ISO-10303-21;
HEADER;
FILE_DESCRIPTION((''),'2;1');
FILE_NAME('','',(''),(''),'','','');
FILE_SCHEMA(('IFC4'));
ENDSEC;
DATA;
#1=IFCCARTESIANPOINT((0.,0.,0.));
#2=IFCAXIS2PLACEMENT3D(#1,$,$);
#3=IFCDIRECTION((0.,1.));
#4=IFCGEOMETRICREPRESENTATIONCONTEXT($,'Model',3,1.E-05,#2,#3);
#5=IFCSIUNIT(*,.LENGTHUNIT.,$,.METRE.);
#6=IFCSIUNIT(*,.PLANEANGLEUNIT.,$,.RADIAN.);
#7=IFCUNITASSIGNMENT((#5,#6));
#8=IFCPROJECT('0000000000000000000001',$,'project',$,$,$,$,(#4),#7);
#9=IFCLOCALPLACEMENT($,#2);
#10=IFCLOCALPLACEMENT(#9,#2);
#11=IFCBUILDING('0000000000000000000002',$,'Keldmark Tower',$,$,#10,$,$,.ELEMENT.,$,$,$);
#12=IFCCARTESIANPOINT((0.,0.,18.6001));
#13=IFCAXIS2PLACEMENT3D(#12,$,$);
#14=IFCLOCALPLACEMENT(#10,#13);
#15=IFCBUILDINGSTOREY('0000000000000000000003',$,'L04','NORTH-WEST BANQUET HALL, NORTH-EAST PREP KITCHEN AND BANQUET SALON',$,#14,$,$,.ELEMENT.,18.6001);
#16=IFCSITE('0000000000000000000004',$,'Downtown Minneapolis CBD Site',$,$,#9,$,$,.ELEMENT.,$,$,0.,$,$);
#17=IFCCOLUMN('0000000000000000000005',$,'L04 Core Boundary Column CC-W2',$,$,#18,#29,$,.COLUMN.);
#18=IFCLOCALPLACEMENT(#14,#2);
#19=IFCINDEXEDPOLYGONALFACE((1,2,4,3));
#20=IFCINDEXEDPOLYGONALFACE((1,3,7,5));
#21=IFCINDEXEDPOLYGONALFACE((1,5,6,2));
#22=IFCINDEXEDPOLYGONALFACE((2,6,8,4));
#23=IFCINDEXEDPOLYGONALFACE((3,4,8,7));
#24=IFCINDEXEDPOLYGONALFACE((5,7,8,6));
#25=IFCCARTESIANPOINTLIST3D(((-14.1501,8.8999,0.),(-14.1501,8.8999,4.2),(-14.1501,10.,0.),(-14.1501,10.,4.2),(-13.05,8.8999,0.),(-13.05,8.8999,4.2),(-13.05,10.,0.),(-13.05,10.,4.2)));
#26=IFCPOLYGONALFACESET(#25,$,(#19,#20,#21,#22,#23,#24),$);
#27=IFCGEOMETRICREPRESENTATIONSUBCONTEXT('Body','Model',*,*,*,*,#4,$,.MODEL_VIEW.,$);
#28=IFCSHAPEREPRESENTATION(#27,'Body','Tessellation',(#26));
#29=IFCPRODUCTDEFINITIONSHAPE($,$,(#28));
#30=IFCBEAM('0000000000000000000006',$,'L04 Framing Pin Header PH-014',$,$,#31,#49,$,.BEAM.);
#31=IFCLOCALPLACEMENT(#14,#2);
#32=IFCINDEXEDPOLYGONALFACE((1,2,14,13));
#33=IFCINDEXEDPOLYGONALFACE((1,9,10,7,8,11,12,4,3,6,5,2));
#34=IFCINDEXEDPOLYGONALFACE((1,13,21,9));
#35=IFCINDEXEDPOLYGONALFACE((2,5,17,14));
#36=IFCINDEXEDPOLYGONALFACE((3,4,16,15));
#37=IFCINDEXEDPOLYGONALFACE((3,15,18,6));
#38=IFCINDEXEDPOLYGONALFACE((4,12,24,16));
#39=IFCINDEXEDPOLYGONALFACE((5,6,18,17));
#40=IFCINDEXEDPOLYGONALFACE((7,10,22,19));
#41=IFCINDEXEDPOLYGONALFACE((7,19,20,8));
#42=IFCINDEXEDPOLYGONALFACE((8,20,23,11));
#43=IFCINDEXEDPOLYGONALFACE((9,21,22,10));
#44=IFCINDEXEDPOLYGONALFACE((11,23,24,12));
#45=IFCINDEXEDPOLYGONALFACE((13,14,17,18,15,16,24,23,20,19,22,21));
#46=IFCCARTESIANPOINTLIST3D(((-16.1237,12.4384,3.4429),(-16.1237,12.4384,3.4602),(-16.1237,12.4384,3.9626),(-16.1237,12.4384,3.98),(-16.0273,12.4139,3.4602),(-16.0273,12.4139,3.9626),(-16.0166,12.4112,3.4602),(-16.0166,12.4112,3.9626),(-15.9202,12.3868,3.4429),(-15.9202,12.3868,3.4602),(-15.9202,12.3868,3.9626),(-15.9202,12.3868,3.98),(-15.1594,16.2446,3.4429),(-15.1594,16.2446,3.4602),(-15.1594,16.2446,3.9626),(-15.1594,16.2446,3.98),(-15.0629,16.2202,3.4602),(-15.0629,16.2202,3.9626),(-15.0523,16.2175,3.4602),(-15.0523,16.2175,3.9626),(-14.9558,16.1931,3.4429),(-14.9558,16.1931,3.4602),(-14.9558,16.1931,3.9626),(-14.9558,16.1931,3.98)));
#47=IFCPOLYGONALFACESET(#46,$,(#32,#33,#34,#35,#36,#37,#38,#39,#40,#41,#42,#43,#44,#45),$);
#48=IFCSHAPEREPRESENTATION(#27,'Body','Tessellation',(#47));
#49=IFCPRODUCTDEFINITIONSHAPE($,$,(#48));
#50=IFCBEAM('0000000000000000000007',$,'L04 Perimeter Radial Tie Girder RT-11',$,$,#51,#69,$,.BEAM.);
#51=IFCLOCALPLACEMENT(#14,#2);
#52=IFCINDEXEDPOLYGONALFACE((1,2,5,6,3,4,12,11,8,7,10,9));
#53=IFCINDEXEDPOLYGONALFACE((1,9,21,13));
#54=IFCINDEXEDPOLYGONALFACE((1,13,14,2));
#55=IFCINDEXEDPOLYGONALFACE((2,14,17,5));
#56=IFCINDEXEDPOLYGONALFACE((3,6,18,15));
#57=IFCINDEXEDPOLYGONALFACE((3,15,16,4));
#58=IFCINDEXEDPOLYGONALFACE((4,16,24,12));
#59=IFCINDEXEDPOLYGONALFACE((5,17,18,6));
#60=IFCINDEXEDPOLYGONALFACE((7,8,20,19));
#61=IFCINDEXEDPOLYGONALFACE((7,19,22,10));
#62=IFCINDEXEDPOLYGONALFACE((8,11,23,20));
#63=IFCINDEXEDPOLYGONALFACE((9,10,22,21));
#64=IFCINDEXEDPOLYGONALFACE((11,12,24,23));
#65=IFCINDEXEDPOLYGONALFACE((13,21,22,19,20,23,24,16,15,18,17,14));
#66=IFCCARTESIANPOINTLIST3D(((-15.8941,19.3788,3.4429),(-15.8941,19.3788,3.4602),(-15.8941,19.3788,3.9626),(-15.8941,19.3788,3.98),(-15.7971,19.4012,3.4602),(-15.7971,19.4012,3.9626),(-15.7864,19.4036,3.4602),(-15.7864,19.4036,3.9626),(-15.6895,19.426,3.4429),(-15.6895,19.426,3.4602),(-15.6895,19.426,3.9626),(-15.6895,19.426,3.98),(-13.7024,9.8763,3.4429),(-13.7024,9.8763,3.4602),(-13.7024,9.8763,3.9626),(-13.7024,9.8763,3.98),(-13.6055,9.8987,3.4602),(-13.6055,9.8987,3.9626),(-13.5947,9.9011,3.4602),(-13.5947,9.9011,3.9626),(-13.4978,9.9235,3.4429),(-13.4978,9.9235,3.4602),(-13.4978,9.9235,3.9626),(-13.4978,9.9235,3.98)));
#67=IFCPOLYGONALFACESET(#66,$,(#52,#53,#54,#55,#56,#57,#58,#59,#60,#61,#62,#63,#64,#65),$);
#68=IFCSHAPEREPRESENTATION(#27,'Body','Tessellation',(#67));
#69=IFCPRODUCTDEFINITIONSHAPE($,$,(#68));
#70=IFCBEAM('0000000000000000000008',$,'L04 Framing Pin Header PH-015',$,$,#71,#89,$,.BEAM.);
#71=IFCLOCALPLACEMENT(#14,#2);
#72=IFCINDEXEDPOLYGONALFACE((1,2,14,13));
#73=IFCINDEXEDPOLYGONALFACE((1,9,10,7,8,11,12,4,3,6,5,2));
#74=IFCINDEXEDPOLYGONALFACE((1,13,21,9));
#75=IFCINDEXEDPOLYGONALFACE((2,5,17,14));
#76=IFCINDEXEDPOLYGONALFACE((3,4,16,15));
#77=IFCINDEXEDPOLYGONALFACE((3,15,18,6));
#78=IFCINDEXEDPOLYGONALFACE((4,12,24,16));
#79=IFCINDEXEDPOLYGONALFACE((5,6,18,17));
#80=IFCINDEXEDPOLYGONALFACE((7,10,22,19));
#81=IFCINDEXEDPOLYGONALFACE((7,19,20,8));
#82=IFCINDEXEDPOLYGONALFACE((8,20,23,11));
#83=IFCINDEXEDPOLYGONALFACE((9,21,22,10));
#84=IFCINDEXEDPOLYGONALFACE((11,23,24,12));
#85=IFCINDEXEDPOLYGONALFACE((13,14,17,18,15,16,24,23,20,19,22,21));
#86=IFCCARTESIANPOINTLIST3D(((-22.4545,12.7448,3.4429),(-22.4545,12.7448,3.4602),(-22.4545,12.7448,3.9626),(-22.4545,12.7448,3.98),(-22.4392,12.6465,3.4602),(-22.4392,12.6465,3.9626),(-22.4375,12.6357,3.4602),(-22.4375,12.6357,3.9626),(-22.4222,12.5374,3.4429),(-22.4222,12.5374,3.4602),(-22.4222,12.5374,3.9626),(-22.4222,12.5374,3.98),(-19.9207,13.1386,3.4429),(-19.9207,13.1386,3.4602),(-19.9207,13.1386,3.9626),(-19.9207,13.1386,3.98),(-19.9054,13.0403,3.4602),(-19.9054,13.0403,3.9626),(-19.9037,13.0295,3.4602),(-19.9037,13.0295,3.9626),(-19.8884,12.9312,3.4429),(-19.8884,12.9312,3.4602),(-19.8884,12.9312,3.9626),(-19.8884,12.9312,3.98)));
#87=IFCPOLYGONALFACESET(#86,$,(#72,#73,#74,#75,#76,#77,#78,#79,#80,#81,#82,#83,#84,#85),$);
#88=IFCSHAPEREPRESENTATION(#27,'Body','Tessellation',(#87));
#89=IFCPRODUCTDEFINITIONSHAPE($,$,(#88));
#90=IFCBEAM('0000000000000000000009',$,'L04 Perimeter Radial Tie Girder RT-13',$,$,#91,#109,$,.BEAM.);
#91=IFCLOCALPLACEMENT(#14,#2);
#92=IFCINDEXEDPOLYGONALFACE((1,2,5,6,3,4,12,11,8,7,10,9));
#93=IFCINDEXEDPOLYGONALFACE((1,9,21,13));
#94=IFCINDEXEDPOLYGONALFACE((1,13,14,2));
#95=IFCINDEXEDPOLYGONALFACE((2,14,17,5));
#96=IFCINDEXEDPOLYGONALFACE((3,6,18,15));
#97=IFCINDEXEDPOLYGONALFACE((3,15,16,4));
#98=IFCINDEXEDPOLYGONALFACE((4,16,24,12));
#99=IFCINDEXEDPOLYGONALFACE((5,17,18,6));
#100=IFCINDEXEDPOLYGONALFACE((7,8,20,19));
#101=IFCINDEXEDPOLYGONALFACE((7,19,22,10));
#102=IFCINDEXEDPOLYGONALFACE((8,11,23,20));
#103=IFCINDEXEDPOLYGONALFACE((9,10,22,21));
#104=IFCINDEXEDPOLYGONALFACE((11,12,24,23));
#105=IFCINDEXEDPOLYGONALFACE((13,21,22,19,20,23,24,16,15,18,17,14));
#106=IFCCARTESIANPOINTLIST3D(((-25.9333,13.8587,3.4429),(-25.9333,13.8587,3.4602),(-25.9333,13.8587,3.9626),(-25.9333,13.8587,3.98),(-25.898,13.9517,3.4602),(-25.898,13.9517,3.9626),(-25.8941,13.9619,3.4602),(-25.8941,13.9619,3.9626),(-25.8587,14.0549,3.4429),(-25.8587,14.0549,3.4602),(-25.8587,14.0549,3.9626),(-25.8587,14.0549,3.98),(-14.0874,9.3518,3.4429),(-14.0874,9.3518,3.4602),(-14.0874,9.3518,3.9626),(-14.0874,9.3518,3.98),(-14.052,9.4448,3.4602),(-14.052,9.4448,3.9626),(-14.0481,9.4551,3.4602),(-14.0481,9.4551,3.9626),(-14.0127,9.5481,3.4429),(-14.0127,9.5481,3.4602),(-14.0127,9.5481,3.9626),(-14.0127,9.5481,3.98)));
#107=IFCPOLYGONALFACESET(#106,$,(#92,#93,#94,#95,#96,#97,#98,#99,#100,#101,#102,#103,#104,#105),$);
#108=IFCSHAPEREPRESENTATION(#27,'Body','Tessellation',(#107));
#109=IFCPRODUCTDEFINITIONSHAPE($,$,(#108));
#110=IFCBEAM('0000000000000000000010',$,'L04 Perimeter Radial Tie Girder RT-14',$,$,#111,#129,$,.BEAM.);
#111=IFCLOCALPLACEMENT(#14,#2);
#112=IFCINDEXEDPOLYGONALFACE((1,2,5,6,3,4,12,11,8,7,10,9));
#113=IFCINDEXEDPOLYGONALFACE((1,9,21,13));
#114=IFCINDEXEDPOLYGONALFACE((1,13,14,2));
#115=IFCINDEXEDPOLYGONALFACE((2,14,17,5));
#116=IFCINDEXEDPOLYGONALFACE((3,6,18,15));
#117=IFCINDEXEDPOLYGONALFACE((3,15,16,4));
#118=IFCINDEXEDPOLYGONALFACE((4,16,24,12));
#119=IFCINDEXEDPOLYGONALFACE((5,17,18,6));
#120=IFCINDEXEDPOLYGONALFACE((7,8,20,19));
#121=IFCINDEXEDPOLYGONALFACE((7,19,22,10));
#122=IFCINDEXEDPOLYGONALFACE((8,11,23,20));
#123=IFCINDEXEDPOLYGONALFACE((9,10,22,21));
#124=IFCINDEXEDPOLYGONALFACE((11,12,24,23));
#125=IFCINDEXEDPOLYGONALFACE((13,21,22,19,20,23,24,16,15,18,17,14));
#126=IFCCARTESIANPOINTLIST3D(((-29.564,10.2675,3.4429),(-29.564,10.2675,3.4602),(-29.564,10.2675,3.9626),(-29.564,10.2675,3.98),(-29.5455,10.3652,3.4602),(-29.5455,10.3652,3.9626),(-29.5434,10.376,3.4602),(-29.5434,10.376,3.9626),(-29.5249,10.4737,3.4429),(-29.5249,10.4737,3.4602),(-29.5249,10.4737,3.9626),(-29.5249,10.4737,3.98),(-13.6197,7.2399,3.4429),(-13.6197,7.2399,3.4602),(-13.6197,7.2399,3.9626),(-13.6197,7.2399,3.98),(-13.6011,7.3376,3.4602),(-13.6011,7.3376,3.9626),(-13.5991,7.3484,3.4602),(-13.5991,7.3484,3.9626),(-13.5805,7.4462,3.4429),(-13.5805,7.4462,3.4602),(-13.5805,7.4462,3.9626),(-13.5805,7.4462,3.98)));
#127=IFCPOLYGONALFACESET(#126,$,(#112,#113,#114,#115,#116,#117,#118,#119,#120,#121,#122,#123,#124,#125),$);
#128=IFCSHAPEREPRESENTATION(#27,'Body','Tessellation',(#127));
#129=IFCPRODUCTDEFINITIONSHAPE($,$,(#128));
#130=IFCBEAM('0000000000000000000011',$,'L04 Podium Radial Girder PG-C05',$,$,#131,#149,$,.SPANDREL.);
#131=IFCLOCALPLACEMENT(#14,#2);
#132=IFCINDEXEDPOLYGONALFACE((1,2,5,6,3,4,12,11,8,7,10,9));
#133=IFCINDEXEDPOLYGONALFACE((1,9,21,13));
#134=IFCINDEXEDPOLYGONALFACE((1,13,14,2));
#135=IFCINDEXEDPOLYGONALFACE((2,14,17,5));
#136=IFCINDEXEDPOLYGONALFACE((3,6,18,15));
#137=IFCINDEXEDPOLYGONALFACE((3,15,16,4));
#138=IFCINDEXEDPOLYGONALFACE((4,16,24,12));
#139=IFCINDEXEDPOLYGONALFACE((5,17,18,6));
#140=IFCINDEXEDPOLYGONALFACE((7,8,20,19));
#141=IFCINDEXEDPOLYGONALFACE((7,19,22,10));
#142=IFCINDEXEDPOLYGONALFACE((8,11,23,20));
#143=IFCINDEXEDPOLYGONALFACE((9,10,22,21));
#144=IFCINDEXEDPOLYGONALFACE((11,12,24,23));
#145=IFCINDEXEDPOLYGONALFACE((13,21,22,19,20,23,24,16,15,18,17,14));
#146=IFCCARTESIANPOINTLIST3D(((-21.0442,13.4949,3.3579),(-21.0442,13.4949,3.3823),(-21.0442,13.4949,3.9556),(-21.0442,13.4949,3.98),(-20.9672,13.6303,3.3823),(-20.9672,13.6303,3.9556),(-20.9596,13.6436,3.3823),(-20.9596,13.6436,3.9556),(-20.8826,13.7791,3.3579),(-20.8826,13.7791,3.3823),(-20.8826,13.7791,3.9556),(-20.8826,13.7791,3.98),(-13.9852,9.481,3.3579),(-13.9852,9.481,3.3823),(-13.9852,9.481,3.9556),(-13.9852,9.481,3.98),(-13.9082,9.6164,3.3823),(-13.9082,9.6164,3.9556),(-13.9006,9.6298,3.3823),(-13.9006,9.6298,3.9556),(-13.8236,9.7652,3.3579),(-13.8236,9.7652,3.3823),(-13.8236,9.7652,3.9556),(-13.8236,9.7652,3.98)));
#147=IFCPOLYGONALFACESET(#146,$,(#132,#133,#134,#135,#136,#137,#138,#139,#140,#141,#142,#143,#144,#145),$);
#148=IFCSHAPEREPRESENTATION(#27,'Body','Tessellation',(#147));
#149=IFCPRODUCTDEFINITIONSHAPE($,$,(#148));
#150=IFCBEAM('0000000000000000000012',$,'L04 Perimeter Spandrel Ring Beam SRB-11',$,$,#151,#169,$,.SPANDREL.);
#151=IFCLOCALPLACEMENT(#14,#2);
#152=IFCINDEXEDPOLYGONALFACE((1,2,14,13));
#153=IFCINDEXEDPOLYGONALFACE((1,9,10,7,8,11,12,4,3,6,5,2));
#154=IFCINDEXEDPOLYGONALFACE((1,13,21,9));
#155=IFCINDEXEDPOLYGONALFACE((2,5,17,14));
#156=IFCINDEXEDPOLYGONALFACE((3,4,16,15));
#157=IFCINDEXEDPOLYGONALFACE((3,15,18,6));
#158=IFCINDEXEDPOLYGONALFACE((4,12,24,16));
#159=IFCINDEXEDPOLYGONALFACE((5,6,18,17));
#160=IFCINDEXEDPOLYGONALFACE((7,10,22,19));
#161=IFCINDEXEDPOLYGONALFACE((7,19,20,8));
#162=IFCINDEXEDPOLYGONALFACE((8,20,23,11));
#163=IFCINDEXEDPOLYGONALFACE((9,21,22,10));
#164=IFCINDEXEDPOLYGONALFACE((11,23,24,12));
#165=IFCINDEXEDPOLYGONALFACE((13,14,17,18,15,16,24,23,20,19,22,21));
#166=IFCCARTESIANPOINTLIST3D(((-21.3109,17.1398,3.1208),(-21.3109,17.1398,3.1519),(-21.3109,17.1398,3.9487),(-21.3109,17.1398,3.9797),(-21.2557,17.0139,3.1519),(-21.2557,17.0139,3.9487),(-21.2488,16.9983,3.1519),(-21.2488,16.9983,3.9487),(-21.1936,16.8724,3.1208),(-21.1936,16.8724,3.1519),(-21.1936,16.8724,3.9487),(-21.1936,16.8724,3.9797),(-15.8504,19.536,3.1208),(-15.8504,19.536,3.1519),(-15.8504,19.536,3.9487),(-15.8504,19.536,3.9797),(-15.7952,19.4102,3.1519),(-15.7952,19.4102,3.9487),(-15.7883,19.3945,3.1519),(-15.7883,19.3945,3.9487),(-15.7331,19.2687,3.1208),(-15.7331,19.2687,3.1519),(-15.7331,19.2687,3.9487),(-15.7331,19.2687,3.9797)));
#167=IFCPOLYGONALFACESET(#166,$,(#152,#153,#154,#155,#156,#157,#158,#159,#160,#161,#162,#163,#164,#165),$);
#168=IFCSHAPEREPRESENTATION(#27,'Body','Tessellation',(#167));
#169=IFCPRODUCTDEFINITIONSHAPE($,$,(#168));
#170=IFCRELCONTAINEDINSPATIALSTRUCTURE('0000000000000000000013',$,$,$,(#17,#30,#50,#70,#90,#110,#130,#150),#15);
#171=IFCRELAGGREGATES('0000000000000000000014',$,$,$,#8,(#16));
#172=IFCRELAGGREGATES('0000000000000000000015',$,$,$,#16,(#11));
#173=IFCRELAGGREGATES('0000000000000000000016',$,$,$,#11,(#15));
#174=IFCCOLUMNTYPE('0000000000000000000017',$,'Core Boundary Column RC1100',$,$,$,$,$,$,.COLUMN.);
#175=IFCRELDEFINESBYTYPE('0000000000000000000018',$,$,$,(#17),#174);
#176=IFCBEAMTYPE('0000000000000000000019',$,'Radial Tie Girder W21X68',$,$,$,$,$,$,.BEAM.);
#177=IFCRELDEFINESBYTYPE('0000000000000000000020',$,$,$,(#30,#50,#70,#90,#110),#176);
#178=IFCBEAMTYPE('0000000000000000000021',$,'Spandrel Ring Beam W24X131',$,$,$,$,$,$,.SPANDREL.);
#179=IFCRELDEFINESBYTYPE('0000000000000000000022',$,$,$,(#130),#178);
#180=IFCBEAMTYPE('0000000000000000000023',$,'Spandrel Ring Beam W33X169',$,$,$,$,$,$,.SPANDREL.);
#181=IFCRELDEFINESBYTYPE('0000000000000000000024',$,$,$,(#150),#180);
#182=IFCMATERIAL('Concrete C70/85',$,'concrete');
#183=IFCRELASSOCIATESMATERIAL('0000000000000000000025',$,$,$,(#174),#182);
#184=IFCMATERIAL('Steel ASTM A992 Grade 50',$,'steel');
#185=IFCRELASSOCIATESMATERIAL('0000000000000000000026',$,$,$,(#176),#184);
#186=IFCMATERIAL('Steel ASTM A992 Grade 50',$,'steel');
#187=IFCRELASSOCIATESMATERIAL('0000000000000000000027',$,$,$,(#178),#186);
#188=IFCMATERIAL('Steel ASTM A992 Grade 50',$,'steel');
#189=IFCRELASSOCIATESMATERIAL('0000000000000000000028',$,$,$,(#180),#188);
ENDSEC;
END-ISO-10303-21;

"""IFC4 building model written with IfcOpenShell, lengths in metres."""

from ifc_helpers import new_model, si_unit, direction, frame, origin, origin_2d, place, context, subcontext, project, spatial, rectangle, i_section, extrude, material, material_profile, profile_set, type_object, element, save


model = new_model("IFC4")

# Units and contexts
model_context = context("Model", 3, precision=1e-05, world=origin(), true_north=direction((0.0, 1.0)))
body_context = subcontext(model_context, "Body", "Model", "MODEL_VIEW")
ifc_project = project(units=[si_unit("LENGTHUNIT", "METRE"), si_unit("PLANEANGLEUNIT", "RADIAN")], contexts=[model_context])

# Site, building, storey
site_placement = place(None, origin())
site = spatial("IfcSite", under=ifc_project, at=site_placement, Name="Downtown Minneapolis CBD Site", CompositionType="ELEMENT", RefElevation=0.0)
building_placement = place(site_placement, origin())
building = spatial("IfcBuilding", under=site, at=building_placement, Name="Keldmark Tower", CompositionType="ELEMENT")
storey_placement = place(building_placement, frame((0.0, 0.0, 18.6001)))
storey = spatial("IfcBuildingStorey", under=building, at=storey_placement, Name="L04", Description="NORTH-WEST BANQUET HALL, NORTH-EAST PREP KITCHEN AND BANQUET SALON", CompositionType="ELEMENT", Elevation=18.6001)

# Column
ifc_material_1 = material(Name="Concrete C70/85", Category="concrete")
ifc_material_profile_1 = material_profile(ifc_material_1, rectangle(XDim=1.1001, YDim=1.1001, at=origin_2d()), Name="RC1100X1100")
ifc_profile_set_1 = profile_set([ifc_material_profile_1], Name="Concrete C70/85")
column_type = type_object("IfcColumnType", Name="Core Boundary Column RC1100", PredefinedType="COLUMN", material=ifc_profile_set_1)
column_placement = place(storey_placement, frame((-13.6001, 9.45, 0.0), z_axis=(0.0, 0.0, 1.0), x_axis=(1.0, 0.0, 0.0)))
element("IfcColumn", 1, at=column_placement, inside=storey, type_object=column_type, Name="L04 Core Boundary Column CC-W2", PredefinedType="COLUMN", context=body_context, shape_type="SweptSolid", body=[
    extrude(rectangle(XDim=1.1001, YDim=1.1001, at=origin_2d()), origin(), (0.0, 0.0, 1.0), 4.2),
])

# Beams
ifc_material_2 = material(Name="Steel ASTM A992 Grade 50", Category="steel")
ifc_material_profile_2 = material_profile(ifc_material_2, i_section(OverallWidth=0.21, OverallDepth=0.5371, WebThickness=0.011, FlangeThickness=0.0173, at=origin_2d()), Name="W21X68")
ifc_profile_set_2 = profile_set([ifc_material_profile_2], Name="Steel ASTM A992 Grade 50")
beam_type_1 = type_object("IfcBeamType", Name="Radial Tie Girder W21X68", PredefinedType="BEAM", material=ifc_profile_set_2)
beam_1_placement = place(storey_placement, frame((-16.022, 12.4126, 3.7114), z_axis=(0.245607, 0.96937, 0.0), x_axis=(-0.96937, 0.245607, 0.0)))
element("IfcBeam", 2, at=beam_1_placement, inside=storey, type_object=beam_type_1, Name="L04 Framing Pin Header PH-014", PredefinedType="BEAM", context=body_context, shape_type="SweptSolid", body=[
    extrude(i_section(OverallWidth=0.21, OverallDepth=0.5371, WebThickness=0.011, FlangeThickness=0.0173, at=origin_2d()), origin(), (0.0, 0.0, 1.0), 3.9265),
])
beam_2_placement = place(storey_placement, frame((-13.6001, 9.8999, 3.7114), z_axis=(-0.224741, 0.974419, 0.0), x_axis=(-0.974419, -0.224741, 0.0)))
element("IfcBeam", 3, at=beam_2_placement, inside=storey, type_object=beam_type_1, Name="L04 Perimeter Radial Tie Girder RT-11", PredefinedType="BEAM", context=body_context, shape_type="SweptSolid", body=[
    extrude(i_section(OverallWidth=0.21, OverallDepth=0.5371, WebThickness=0.011, FlangeThickness=0.0173, at=origin_2d()), origin(), (0.0, 0.0, 1.0), 9.752),
])
beam_3_placement = place(storey_placement, frame((-19.9045, 13.0349, 3.7114), z_axis=(-0.988136, -0.153581, 0.0), x_axis=(0.153581, -0.988136, 0.0)))
element("IfcBeam", 4, at=beam_3_placement, inside=storey, type_object=beam_type_1, Name="L04 Framing Pin Header PH-015", PredefinedType="BEAM", context=body_context, shape_type="SweptSolid", body=[
    extrude(i_section(OverallWidth=0.21, OverallDepth=0.5371, WebThickness=0.011, FlangeThickness=0.0173, at=origin_2d()), origin(), (0.0, 0.0, 1.0), 2.5642),
])
beam_4_placement = place(storey_placement, frame((-14.05, 9.45, 3.7114), z_axis=(-0.934643, 0.355588, 0.0), x_axis=(-0.355588, -0.934643, 0.0)))
element("IfcBeam", 5, at=beam_4_placement, inside=storey, type_object=beam_type_1, Name="L04 Perimeter Radial Tie Girder RT-13", PredefinedType="BEAM", context=body_context, shape_type="SweptSolid", body=[
    extrude(i_section(OverallWidth=0.21, OverallDepth=0.5371, WebThickness=0.011, FlangeThickness=0.0173, at=origin_2d()), origin(), (0.0, 0.0, 1.0), 12.6743),
])
beam_5_placement = place(storey_placement, frame((-13.6001, 7.343, 3.7114), z_axis=(-0.982445, 0.186551, 0.0), x_axis=(-0.186551, -0.982445, 0.0)))
element("IfcBeam", 6, at=beam_5_placement, inside=storey, type_object=beam_type_1, Name="L04 Perimeter Radial Tie Girder RT-14", PredefinedType="BEAM", context=body_context, shape_type="SweptSolid", body=[
    extrude(i_section(OverallWidth=0.21, OverallDepth=0.5371, WebThickness=0.011, FlangeThickness=0.0173, at=origin_2d()), origin(), (0.0, 0.0, 1.0), 16.2292),
])
ifc_material_3 = material(Name="Steel ASTM A992 Grade 50", Category="steel")
ifc_material_profile_3 = material_profile(ifc_material_3, i_section(OverallWidth=0.3269, OverallDepth=0.6221, WebThickness=0.0154, FlangeThickness=0.0244, at=origin_2d()), Name="W24X131")
ifc_profile_set_3 = profile_set([ifc_material_profile_3], Name="Steel ASTM A992 Grade 50")
beam_type_2 = type_object("IfcBeamType", Name="Spandrel Ring Beam W24X131", PredefinedType="SPANDREL", material=ifc_profile_set_3)
beam_6_placement = place(storey_placement, frame((-20.9634, 13.637, 3.6689), z_axis=(0.869294, -0.494296, 0.0), x_axis=(0.494296, 0.869294, 0.0)))
element("IfcBeam", 7, at=beam_6_placement, inside=storey, type_object=beam_type_2, Name="L04 Podium Radial Girder PG-C05", PredefinedType="SPANDREL", context=body_context, shape_type="SweptSolid", body=[
    extrude(i_section(OverallWidth=0.3269, OverallDepth=0.6221, WebThickness=0.0154, FlangeThickness=0.0244, at=origin_2d()), origin(), (0.0, 0.0, 1.0), 8.1204),
])
ifc_material_4 = material(Name="Steel ASTM A992 Grade 50", Category="steel")
ifc_material_profile_4 = material_profile(ifc_material_4, i_section(OverallWidth=0.292, OverallDepth=0.8589, WebThickness=0.0171, FlangeThickness=0.031, at=origin_2d()), Name="W33X169")
ifc_profile_set_4 = profile_set([ifc_material_profile_4], Name="Steel ASTM A992 Grade 50")
beam_type_3 = type_object("IfcBeamType", Name="Spandrel Ring Beam W33X169", PredefinedType="SPANDREL", material=ifc_profile_set_4)
beam_7_placement = place(storey_placement, frame((-15.7917, 19.4023, 3.5503), z_axis=(-0.915708, -0.401845, 0.0), x_axis=(0.401845, -0.915708, 0.0)))
element("IfcBeam", 8, at=beam_7_placement, inside=storey, type_object=beam_type_3, Name="L04 Perimeter Spandrel Ring Beam SRB-11", PredefinedType="SPANDREL", context=body_context, shape_type="SweptSolid", body=[
    extrude(i_section(OverallWidth=0.292, OverallDepth=0.8589, WebThickness=0.0171, FlangeThickness=0.031, at=origin_2d()), origin(), (0.0, 0.0, 1.0), 5.9631),
])

save(model, "model.ifc")
